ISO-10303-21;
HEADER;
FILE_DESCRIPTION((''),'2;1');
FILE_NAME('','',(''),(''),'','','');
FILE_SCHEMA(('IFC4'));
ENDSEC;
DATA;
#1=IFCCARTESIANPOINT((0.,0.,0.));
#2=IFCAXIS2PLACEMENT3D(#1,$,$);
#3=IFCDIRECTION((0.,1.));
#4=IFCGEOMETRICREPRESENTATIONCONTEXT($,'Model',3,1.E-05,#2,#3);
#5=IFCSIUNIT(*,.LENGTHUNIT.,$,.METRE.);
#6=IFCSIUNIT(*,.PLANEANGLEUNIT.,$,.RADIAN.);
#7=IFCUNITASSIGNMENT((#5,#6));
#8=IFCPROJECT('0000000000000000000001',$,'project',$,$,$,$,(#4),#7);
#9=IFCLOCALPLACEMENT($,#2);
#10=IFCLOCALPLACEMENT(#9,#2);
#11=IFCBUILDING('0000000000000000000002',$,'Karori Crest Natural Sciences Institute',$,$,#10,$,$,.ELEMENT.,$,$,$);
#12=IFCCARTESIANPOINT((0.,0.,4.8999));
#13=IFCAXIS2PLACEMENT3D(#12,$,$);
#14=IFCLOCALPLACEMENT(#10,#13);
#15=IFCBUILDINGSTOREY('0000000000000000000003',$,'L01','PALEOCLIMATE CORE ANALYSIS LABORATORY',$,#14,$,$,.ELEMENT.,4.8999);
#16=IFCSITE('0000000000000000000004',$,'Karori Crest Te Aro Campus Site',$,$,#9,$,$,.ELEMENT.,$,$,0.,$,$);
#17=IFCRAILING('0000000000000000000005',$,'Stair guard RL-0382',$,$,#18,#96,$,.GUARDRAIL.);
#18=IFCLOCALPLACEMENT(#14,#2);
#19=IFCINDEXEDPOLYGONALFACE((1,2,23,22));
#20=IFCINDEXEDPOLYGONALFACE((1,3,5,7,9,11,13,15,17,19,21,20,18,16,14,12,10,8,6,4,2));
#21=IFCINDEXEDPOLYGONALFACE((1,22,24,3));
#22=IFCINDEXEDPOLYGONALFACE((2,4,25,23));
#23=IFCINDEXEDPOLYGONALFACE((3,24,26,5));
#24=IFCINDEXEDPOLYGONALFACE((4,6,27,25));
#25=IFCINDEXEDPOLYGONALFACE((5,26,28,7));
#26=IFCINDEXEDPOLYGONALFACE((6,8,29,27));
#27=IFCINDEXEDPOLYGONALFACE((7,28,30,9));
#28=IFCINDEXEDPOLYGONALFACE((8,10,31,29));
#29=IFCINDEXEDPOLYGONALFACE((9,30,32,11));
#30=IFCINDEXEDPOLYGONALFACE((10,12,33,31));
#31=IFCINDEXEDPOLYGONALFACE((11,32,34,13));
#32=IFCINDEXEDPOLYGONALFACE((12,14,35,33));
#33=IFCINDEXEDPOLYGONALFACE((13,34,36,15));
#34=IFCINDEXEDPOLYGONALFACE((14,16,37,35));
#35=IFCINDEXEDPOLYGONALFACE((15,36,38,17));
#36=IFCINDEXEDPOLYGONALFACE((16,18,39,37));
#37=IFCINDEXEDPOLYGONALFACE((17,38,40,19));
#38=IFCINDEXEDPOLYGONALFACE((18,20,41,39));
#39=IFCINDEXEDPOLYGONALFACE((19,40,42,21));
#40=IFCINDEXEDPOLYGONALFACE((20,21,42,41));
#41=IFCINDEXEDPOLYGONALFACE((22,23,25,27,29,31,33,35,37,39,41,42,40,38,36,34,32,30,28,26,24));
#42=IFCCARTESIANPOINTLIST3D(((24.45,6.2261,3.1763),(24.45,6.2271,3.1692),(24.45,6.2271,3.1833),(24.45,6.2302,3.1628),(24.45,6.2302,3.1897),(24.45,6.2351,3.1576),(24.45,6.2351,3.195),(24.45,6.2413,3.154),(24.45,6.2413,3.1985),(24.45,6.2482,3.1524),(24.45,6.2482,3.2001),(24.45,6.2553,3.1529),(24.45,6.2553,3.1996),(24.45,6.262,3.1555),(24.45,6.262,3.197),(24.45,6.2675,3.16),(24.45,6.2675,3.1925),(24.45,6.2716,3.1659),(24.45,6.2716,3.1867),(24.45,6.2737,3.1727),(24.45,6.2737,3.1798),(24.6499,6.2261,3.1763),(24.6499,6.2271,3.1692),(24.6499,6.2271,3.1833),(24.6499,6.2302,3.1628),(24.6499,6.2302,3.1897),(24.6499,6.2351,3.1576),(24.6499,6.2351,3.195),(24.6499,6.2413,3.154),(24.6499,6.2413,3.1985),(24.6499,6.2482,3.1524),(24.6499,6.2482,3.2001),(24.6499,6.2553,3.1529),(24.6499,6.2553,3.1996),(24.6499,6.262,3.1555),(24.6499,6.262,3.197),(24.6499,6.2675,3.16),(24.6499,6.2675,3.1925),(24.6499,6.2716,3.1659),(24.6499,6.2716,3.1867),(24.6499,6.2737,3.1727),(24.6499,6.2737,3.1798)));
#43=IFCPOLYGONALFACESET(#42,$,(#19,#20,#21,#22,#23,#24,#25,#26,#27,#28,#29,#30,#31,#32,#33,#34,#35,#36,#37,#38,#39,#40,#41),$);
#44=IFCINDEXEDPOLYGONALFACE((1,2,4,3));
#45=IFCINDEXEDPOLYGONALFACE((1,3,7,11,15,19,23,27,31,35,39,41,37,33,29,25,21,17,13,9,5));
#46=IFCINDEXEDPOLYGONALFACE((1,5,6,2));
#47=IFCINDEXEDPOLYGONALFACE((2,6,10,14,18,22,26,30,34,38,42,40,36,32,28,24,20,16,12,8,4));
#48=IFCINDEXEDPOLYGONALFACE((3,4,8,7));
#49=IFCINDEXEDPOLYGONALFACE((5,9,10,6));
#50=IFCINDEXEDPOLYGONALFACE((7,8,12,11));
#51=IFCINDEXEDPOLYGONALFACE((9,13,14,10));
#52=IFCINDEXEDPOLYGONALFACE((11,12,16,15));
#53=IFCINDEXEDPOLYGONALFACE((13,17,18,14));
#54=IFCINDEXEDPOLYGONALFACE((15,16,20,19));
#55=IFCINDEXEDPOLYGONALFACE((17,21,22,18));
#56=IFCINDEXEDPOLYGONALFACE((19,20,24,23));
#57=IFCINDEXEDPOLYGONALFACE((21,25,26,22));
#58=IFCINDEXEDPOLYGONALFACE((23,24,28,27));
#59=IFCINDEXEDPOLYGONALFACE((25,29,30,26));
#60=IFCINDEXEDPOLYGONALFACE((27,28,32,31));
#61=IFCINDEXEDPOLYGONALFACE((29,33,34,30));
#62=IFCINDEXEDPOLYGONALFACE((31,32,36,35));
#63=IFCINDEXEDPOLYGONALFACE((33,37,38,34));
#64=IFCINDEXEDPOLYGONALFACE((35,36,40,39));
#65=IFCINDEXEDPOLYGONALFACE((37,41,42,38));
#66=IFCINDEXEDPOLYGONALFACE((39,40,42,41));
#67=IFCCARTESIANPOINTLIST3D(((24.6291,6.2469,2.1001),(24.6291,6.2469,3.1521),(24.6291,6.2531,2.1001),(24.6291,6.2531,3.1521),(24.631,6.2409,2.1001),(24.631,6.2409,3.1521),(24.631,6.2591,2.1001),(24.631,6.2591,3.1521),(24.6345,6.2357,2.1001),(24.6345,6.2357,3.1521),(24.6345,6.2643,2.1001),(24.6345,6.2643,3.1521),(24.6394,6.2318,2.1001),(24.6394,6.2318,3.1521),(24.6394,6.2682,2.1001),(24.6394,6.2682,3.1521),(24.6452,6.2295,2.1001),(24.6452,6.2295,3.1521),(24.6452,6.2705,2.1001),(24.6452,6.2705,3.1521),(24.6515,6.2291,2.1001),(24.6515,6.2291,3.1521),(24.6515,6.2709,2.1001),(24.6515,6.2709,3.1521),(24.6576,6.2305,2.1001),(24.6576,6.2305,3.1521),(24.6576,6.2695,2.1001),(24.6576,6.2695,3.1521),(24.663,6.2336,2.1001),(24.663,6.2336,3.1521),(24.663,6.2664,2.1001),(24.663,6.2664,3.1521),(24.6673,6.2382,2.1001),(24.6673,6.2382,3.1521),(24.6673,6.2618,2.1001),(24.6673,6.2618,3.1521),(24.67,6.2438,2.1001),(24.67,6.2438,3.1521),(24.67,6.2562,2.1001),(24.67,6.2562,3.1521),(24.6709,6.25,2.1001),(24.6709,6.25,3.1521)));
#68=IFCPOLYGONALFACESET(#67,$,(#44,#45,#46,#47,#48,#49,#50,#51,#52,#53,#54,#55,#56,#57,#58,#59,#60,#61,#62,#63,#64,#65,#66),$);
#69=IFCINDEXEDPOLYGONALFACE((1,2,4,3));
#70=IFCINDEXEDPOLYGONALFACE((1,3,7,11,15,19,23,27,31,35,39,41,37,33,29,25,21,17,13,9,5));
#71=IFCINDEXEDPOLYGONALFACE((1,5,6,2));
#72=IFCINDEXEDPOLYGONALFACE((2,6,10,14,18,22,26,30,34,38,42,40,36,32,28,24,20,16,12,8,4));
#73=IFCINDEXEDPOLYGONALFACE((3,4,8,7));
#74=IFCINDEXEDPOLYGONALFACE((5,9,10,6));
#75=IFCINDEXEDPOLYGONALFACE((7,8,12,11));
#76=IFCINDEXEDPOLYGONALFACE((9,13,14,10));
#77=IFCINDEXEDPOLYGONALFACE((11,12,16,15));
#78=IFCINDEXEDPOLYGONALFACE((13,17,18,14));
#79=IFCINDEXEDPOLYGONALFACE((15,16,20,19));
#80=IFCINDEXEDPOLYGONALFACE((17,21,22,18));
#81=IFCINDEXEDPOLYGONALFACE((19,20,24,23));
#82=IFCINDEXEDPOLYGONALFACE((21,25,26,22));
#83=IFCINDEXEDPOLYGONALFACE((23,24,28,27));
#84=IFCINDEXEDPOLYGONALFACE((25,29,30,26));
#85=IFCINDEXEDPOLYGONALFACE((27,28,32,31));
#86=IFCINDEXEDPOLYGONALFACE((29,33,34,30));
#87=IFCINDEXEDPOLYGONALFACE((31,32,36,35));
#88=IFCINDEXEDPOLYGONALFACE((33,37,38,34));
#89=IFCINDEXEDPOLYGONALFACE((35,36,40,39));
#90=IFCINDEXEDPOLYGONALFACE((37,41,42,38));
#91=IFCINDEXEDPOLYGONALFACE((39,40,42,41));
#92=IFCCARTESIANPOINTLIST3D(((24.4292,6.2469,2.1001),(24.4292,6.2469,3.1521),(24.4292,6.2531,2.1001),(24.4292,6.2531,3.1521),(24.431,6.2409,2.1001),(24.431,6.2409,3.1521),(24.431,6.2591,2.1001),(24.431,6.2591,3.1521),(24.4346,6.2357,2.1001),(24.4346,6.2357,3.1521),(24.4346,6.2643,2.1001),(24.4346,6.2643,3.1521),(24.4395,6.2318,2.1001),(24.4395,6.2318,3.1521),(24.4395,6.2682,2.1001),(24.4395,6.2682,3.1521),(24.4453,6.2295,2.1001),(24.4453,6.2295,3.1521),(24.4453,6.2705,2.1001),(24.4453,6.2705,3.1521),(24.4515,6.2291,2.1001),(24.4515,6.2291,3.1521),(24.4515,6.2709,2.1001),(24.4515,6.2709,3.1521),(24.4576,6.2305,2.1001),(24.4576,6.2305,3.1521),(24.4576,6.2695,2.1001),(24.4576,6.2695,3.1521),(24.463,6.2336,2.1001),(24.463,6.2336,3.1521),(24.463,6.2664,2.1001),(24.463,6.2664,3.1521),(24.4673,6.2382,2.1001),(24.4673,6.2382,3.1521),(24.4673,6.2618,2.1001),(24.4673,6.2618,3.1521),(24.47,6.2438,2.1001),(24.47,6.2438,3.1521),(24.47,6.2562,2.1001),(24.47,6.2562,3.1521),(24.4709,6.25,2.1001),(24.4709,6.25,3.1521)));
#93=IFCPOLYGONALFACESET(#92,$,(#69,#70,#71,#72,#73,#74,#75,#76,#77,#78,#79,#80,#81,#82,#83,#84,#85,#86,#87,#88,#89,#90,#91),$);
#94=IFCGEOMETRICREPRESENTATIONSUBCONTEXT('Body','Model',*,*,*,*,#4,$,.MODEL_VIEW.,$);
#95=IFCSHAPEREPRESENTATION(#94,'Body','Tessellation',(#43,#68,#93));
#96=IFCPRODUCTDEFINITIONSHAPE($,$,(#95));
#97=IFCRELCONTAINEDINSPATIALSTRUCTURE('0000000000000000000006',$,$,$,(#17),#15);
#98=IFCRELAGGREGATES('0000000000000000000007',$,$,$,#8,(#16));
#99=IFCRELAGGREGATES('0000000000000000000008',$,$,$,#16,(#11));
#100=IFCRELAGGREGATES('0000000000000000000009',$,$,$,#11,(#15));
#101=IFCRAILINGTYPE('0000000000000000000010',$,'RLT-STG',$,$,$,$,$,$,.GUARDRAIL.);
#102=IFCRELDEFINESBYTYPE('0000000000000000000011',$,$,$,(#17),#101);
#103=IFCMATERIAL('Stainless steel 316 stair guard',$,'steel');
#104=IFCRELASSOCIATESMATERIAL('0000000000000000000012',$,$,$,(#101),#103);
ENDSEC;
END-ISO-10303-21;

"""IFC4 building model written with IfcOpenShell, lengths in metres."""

from ifc_helpers import new_model, si_unit, direction, frame, origin, origin_2d, place, context, subcontext, project, spatial, circle, extrude, material, type_object, element, save


model = new_model("IFC4")

# Units and contexts
model_context = context("Model", 3, precision=1e-05, world=origin(), true_north=direction((0.0, 1.0)))
body_context = subcontext(model_context, "Body", "Model", "MODEL_VIEW")
ifc_project = project(units=[si_unit("LENGTHUNIT", "METRE"), si_unit("PLANEANGLEUNIT", "RADIAN")], contexts=[model_context])

# Site, building, storey
site_placement = place(None, origin())
site = spatial("IfcSite", under=ifc_project, at=site_placement, Name="Karori Crest Te Aro Campus Site", CompositionType="ELEMENT", RefElevation=0.0)
building_placement = place(site_placement, origin())
building = spatial("IfcBuilding", under=site, at=building_placement, Name="Karori Crest Natural Sciences Institute", CompositionType="ELEMENT")
storey_placement = place(building_placement, frame((0.0, 0.0, 4.8999)))
storey = spatial("IfcBuildingStorey", under=building, at=storey_placement, Name="L01", Description="PALEOCLIMATE CORE ANALYSIS LABORATORY", CompositionType="ELEMENT", Elevation=4.8999)

# Railing
ifc_material_1 = material(Name="Stainless steel 316 stair guard", Category="steel")
railing_type_1 = type_object("IfcRailingType", Name="RLT-STG", PredefinedType="GUARDRAIL", material=ifc_material_1)
railing_1_placement = place(storey_placement, frame((24.6499, 6.25, 2.1001)))
element("IfcRailing", 1, at=railing_1_placement, inside=storey, type_object=railing_type_1, Name="Stair guard RL-0382", PredefinedType="GUARDRAIL", context=body_context, shape_type="SweptSolid", body=[
    extrude(circle(Radius=0.0239, at=origin_2d()), frame((0.0, 0.0, 1.0762), z_axis=(-1.0, 0.0, 0.0), x_axis=(0.0, -1.0, 0.0)), (0.0, 0.0, 1.0), 0.2),
    extrude(circle(Radius=0.021, at=origin_2d()), origin(), (0.0, 0.0, 1.0), 1.052),
    extrude(circle(Radius=0.021, at=origin_2d()), frame((-0.2, 0.0, 0.0)), (0.0, 0.0, 1.0), 1.052),
])

save(model, "model.ifc")
